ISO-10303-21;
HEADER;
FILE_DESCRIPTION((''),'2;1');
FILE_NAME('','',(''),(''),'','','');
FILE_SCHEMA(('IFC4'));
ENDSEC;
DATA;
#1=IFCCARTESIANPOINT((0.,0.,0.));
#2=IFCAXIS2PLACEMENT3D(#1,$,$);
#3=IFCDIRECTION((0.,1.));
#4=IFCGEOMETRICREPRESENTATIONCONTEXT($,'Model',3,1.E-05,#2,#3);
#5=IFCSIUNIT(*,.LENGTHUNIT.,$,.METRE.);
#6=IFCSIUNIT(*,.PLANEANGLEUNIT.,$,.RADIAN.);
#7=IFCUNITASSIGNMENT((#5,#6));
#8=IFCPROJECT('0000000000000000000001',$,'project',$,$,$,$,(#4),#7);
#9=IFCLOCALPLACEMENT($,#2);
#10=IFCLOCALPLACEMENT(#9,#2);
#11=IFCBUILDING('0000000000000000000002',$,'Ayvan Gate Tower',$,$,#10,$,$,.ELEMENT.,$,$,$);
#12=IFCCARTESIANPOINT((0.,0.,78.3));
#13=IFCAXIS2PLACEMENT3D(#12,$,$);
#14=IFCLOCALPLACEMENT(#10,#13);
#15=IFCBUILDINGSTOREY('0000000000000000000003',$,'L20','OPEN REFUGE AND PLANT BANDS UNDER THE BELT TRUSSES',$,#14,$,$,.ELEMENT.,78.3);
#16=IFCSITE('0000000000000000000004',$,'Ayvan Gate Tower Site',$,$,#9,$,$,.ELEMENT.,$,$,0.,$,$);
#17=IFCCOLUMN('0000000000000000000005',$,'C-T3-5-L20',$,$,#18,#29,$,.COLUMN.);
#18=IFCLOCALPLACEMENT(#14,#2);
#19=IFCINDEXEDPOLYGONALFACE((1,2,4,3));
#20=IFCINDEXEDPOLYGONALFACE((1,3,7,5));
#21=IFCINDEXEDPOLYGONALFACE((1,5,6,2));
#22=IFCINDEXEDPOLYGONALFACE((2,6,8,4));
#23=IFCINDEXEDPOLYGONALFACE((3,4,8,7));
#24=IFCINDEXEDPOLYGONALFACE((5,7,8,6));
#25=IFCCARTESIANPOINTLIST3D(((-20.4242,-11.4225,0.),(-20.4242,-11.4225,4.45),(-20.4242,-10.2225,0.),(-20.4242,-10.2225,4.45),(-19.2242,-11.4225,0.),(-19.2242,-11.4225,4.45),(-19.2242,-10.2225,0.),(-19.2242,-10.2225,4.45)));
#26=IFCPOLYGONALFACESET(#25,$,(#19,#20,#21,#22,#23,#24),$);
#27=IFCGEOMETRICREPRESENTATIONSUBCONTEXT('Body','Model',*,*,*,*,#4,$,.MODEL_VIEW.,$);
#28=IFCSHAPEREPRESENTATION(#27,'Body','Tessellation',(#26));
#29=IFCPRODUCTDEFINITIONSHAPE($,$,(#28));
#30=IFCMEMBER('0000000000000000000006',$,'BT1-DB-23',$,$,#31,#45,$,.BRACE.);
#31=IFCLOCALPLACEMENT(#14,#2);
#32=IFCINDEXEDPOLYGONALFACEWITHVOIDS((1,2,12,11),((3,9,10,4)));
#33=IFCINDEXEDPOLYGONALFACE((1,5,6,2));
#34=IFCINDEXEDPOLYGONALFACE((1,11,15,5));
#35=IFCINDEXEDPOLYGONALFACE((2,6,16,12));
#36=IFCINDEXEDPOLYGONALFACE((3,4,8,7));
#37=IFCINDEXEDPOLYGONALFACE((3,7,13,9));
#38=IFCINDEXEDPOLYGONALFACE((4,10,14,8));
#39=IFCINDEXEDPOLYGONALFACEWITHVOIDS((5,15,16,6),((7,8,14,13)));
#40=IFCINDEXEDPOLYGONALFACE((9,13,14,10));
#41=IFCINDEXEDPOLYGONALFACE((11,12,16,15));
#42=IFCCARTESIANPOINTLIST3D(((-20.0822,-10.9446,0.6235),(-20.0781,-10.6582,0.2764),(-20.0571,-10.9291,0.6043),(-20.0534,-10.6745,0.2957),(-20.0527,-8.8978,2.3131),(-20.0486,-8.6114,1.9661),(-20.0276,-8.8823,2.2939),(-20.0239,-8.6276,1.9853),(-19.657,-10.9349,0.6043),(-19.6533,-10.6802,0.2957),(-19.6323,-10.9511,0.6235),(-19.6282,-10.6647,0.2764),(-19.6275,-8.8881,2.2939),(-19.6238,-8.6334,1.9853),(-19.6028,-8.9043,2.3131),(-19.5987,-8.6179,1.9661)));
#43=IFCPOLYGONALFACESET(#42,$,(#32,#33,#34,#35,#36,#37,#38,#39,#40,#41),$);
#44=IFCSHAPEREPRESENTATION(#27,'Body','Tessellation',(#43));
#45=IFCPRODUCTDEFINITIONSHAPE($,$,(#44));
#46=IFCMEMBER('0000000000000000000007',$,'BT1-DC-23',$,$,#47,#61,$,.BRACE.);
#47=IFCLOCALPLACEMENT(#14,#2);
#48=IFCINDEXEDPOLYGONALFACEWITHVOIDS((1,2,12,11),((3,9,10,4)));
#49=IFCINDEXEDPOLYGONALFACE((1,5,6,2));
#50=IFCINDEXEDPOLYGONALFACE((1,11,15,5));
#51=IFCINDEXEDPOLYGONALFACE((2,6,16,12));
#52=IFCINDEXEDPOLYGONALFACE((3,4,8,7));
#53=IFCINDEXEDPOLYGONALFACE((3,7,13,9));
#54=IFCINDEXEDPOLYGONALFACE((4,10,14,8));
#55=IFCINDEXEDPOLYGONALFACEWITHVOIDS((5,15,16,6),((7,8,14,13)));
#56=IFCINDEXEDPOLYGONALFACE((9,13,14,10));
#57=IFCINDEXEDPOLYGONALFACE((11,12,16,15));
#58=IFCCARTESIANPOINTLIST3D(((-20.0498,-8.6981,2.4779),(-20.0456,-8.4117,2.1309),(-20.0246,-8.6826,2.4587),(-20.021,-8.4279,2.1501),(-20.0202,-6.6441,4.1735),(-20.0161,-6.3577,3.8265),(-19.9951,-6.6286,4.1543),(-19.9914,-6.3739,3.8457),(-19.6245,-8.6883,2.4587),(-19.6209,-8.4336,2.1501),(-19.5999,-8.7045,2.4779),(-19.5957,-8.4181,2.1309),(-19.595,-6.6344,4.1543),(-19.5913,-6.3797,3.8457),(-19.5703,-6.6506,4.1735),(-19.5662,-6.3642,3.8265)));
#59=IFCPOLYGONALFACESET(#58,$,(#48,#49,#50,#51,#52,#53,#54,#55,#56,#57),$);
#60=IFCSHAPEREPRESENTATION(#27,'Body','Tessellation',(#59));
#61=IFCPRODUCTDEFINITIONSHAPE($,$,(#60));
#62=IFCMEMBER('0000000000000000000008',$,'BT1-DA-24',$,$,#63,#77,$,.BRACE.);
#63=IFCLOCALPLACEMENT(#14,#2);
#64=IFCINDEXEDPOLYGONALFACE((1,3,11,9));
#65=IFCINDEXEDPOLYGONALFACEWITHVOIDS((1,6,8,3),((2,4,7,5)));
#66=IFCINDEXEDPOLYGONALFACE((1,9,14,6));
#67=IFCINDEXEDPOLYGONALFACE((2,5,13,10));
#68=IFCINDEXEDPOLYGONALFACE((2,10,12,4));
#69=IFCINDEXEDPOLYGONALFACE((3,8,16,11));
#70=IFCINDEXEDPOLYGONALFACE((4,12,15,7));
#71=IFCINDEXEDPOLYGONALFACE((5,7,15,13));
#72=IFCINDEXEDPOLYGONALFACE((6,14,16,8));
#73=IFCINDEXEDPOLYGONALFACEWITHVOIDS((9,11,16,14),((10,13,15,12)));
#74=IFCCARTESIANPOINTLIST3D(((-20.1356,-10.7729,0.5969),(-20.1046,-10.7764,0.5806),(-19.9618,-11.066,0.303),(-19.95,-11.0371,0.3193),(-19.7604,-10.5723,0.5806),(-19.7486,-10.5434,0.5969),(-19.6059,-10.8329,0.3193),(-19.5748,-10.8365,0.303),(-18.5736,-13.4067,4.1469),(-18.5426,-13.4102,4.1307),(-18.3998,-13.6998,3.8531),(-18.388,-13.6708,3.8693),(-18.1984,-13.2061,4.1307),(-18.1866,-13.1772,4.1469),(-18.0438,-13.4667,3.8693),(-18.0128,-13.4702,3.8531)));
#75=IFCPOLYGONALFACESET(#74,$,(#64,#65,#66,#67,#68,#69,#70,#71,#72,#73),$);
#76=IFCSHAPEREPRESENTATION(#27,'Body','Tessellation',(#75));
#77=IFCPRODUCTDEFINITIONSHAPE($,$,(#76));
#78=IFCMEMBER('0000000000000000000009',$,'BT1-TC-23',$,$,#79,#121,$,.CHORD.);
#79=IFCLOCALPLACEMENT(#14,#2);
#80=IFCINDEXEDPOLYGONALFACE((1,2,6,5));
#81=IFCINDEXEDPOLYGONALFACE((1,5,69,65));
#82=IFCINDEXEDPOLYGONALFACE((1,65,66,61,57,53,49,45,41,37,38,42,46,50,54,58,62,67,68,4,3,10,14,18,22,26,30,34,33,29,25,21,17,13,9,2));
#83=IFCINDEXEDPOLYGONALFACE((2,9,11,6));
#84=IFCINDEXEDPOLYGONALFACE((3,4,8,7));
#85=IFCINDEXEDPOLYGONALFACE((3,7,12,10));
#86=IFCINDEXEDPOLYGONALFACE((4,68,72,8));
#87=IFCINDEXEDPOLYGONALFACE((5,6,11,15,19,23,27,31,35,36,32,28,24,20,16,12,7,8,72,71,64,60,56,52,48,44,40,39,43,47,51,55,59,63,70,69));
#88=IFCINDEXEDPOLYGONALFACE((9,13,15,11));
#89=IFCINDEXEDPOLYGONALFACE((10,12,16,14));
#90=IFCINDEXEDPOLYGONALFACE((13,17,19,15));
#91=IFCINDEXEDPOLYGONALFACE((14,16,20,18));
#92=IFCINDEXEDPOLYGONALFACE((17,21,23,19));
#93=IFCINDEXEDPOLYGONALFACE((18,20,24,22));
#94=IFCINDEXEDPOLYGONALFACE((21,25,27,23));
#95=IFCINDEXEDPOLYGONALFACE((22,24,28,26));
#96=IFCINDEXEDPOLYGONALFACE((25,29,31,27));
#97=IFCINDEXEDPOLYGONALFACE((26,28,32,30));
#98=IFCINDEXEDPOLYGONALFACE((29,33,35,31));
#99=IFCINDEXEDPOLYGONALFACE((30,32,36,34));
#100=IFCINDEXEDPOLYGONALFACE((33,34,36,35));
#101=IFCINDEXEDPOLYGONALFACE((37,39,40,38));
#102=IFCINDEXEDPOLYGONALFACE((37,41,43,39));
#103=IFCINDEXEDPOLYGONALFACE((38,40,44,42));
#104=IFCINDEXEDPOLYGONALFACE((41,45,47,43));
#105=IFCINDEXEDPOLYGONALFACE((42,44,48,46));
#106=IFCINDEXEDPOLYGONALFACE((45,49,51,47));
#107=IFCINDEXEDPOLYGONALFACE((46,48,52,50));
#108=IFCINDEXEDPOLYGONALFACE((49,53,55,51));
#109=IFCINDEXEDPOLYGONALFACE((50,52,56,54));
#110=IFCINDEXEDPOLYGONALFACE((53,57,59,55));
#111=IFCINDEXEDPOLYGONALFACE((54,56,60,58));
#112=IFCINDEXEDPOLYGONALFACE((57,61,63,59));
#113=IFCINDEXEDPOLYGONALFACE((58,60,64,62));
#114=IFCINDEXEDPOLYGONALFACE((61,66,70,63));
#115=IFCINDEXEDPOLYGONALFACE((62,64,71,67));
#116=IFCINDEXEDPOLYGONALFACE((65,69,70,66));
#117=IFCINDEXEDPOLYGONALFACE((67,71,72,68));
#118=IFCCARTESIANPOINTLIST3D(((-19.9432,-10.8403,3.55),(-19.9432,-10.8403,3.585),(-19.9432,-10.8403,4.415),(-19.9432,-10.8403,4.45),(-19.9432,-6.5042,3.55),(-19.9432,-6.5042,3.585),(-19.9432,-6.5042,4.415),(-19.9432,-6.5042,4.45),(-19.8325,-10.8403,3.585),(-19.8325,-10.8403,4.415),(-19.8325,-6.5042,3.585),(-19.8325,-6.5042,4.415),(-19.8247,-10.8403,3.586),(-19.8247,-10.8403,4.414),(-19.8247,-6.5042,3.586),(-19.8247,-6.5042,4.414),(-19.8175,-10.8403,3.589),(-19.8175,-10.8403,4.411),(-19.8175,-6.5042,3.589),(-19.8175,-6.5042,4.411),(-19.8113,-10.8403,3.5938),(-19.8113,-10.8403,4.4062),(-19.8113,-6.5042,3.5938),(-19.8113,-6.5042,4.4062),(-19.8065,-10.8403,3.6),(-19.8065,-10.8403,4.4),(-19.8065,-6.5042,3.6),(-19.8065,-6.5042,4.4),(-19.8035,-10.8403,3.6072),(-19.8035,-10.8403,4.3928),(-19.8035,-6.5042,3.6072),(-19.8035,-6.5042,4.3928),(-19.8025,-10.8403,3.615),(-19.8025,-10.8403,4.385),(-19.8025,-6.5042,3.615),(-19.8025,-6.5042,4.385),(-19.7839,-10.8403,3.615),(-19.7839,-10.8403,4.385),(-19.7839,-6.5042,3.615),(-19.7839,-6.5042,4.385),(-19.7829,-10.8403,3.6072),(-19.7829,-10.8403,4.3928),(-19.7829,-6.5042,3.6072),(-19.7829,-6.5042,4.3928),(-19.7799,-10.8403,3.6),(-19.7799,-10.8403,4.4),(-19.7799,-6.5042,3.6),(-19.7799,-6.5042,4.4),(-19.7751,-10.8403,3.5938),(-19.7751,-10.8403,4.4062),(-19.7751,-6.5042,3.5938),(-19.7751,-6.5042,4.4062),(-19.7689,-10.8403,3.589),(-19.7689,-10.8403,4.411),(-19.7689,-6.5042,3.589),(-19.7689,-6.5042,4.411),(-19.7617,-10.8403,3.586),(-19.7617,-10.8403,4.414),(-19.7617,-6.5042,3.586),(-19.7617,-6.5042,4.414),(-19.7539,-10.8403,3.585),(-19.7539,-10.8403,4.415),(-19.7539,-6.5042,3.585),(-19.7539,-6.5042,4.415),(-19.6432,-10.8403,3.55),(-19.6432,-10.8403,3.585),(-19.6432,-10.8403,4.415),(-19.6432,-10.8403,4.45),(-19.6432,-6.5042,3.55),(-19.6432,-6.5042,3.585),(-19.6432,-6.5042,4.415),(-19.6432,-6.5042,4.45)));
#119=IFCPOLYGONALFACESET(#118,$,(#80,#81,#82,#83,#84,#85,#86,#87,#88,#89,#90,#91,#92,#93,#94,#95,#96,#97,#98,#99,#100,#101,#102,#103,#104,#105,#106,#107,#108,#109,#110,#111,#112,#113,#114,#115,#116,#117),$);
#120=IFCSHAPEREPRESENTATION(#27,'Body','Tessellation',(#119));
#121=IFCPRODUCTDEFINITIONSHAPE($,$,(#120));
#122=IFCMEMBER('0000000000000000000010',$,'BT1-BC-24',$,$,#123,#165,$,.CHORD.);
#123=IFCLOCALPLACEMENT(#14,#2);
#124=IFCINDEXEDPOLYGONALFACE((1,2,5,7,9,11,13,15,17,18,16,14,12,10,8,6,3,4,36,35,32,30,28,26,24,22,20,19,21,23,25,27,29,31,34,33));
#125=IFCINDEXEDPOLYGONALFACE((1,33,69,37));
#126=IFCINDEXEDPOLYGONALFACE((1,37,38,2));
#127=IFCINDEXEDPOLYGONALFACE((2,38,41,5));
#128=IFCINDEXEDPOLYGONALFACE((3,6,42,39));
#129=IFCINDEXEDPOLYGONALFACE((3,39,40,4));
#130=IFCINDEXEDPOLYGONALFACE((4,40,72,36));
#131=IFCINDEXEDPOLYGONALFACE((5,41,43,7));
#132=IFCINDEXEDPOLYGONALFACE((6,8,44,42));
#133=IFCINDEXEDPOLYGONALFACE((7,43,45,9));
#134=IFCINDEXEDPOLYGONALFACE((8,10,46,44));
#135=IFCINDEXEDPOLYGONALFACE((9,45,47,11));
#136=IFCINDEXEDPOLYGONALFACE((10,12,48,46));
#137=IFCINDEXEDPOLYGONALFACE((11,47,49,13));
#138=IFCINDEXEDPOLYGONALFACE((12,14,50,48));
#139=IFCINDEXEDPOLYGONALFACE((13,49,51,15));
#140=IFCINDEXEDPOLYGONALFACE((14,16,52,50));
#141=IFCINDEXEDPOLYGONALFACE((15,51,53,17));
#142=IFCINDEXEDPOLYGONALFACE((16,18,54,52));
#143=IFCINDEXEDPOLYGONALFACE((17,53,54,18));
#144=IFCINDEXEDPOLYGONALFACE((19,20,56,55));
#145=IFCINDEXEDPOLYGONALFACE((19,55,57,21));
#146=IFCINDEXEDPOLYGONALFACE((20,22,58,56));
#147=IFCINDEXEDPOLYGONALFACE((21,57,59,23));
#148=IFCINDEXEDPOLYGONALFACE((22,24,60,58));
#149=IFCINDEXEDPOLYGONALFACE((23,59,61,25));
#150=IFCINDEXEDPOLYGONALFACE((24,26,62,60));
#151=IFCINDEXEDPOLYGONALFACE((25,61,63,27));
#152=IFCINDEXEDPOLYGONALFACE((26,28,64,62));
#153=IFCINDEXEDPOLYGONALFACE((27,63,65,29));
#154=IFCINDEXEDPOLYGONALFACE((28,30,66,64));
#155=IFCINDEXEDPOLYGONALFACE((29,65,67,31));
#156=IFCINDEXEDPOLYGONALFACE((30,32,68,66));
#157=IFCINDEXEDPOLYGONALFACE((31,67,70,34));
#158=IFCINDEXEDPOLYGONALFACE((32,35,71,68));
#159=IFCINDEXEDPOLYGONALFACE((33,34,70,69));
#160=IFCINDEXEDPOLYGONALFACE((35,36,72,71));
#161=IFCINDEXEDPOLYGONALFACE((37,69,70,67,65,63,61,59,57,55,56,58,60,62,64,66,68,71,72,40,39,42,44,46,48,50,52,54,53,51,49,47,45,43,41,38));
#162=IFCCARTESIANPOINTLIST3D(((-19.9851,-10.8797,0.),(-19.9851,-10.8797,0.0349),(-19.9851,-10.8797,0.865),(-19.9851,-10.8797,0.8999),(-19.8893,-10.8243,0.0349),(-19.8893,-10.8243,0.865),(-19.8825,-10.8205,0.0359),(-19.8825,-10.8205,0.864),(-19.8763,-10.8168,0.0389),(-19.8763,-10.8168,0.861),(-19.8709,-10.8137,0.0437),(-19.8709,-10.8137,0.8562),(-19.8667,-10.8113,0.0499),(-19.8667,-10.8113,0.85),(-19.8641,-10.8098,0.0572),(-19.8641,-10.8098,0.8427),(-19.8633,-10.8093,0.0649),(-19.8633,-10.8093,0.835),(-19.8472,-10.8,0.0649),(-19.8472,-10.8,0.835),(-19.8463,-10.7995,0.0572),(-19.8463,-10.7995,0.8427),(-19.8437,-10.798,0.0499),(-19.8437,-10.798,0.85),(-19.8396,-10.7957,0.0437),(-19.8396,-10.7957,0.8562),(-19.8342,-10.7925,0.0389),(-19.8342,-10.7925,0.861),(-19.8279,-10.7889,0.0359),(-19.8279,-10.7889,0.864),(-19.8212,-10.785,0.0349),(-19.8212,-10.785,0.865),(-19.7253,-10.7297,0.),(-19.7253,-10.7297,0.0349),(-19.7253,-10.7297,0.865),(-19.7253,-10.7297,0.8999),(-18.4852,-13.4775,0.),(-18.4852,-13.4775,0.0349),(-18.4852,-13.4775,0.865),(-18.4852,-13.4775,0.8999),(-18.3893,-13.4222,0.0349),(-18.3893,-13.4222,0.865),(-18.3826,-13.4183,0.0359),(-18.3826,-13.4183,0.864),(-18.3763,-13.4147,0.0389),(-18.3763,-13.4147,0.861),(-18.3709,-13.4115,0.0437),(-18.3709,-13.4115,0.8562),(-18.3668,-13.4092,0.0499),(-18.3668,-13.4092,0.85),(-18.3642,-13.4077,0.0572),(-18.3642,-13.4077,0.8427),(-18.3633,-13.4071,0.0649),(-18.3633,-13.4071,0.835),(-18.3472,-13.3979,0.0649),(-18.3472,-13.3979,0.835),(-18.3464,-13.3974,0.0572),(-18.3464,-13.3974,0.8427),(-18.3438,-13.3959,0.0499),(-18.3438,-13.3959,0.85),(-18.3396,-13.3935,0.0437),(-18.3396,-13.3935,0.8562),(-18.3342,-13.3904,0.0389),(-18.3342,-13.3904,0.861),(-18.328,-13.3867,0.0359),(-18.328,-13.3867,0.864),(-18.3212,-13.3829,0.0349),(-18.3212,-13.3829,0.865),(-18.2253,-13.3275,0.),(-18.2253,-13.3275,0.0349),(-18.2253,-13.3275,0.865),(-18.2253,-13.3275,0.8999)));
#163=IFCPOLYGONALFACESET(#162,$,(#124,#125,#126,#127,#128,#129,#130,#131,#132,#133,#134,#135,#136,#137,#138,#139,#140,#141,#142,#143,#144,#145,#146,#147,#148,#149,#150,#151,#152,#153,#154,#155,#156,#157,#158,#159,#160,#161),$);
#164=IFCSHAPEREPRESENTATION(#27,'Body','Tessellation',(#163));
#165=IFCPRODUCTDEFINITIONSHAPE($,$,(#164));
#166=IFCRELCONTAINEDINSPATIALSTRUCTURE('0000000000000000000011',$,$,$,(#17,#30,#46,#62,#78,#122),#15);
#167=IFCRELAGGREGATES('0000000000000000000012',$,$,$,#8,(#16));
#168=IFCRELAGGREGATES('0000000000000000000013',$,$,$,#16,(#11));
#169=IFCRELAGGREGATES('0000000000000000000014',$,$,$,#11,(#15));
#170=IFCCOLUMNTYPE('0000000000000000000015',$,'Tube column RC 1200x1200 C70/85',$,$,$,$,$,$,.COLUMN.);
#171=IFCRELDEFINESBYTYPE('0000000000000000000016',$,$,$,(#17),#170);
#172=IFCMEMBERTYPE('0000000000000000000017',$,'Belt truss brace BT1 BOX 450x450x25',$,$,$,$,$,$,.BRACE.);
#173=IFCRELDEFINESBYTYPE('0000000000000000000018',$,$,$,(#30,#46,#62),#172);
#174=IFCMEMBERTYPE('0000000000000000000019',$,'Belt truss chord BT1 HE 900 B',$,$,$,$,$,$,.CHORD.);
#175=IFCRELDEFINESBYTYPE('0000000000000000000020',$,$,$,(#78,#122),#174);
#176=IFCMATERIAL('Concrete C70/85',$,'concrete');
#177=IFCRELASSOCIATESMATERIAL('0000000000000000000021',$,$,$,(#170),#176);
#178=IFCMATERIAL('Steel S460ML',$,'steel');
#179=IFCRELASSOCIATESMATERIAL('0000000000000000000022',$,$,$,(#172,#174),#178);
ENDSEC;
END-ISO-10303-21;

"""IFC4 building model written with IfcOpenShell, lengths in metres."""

from ifc_helpers import new_model, si_unit, direction, frame, origin, origin_2d, place, context, subcontext, project, spatial, rectangle, hollow_rectangle, i_section, extrude, material, material_profile, profile_set, type_object, element, save


model = new_model("IFC4")

# Units and contexts
model_context = context("Model", 3, precision=1e-05, world=origin(), true_north=direction((0.0, 1.0)))
body_context = subcontext(model_context, "Body", "Model", "MODEL_VIEW")
ifc_project = project(units=[si_unit("LENGTHUNIT", "METRE"), si_unit("PLANEANGLEUNIT", "RADIAN")], contexts=[model_context])

# Site, building, storey
site_placement = place(None, origin())
site = spatial("IfcSite", under=ifc_project, at=site_placement, Name="Ayvan Gate Tower Site", CompositionType="ELEMENT", RefElevation=0.0)
building_placement = place(site_placement, origin())
building = spatial("IfcBuilding", under=site, at=building_placement, Name="Ayvan Gate Tower", CompositionType="ELEMENT")
storey_placement = place(building_placement, frame((0.0, 0.0, 78.3)))
storey = spatial("IfcBuildingStorey", under=building, at=storey_placement, Name="L20", Description="OPEN REFUGE AND PLANT BANDS UNDER THE BELT TRUSSES", CompositionType="ELEMENT", Elevation=78.3)

# Column
ifc_material_1 = material(Name="Concrete C70/85", Category="concrete")
ifc_material_profile_1 = material_profile(ifc_material_1, rectangle(XDim=1.2, YDim=1.2, at=origin_2d()), Name="RC 1200x1200")
ifc_profile_set_1 = profile_set([ifc_material_profile_1], Name="Concrete C70/85")
column_type = type_object("IfcColumnType", Name="Tube column RC 1200x1200 C70/85", PredefinedType="COLUMN", material=ifc_profile_set_1)
column_placement = place(storey_placement, frame((-19.8242, -10.8225, 0.0), z_axis=(0.0, 0.0, 1.0), x_axis=(-1.0, 0.0, 0.0)))
element("IfcColumn", 1, at=column_placement, inside=storey, type_object=column_type, Name="C-T3-5-L20", PredefinedType="COLUMN", context=body_context, shape_type="SweptSolid", body=[
    extrude(rectangle(XDim=1.2, YDim=1.2, at=origin_2d()), origin(), (0.0, 0.0, 1.0), 4.45),
])

# Members
ifc_material_2 = material(Name="Steel S460ML", Category="steel")
ifc_material_profile_2 = material_profile(ifc_material_2, hollow_rectangle(XDim=0.45, YDim=0.45, WallThickness=0.0249, at=origin_2d()), Name="BOX 450x450x25")
ifc_profile_set_2 = profile_set([ifc_material_profile_2], Name="Steel S460ML")
member_type_1 = type_object("IfcMemberType", Name="Belt truss brace BT1 BOX 450x450x25", PredefinedType="BRACE", material=ifc_profile_set_2)
member_1_placement = place(storey_placement, frame((-19.8552, -10.8047, 0.45), z_axis=(0.011129, 0.771136, 0.636573), x_axis=(-0.999896, 0.014431, 0.0)))
element("IfcMember", 2, at=member_1_placement, inside=storey, type_object=member_type_1, Name="BT1-DB-23", PredefinedType="BRACE", context=body_context, shape_type="SweptSolid", body=[
    extrude(hollow_rectangle(XDim=0.45, YDim=0.45, WallThickness=0.0249, at=origin_2d()), origin(), (0.0, 0.0, 1.0), 2.6543),
])
member_2_placement = place(storey_placement, frame((-19.8228, -8.5581, 2.3044), z_axis=(0.011091, 0.771133, 0.636577), x_axis=(-0.999897, 0.014381, 0.0)))
element("IfcMember", 3, at=member_2_placement, inside=storey, type_object=member_type_1, Name="BT1-DC-23", PredefinedType="BRACE", context=body_context, shape_type="SweptSolid", body=[
    extrude(hollow_rectangle(XDim=0.45, YDim=0.45, WallThickness=0.0249, at=origin_2d()), origin(), (0.0, 0.0, 1.0), 2.6636),
])
member_3_placement = place(storey_placement, frame((-19.8552, -10.8047, 0.45), z_axis=(0.333177, -0.561787, 0.757225), x_axis=(0.860113, 0.510104, 0.0)))
element("IfcMember", 4, at=member_3_placement, inside=storey, type_object=member_type_1, Name="BT1-DA-24", PredefinedType="BRACE", context=body_context, shape_type="SweptSolid", body=[
    extrude(hollow_rectangle(XDim=0.45, YDim=0.45, WallThickness=0.0249, at=origin_2d()), origin(), (0.0, 0.0, 1.0), 4.6882),
])
ifc_material_profile_3 = material_profile(ifc_material_2, i_section(OverallWidth=0.3, OverallDepth=0.8999, WebThickness=0.0186, FlangeThickness=0.0349, FilletRadius=0.03, at=origin_2d()), Name="HE 900 B")
ifc_profile_set_3 = profile_set([ifc_material_profile_3], Name="Steel S460ML")
member_type_2 = type_object("IfcMemberType", Name="Belt truss chord BT1 HE 900 B", PredefinedType="CHORD", material=ifc_profile_set_3)
member_4_placement = place(storey_placement, frame((-19.7932, -6.5042, 4.0), z_axis=(0.0, -1.0, 0.0), x_axis=(1.0, 0.0, 0.0)))
element("IfcMember", 5, at=member_4_placement, inside=storey, type_object=member_type_2, Name="BT1-TC-23", PredefinedType="CHORD", context=body_context, shape_type="SweptSolid", body=[
    extrude(i_section(OverallWidth=0.3, OverallDepth=0.8999, WebThickness=0.0186, FlangeThickness=0.0349, FilletRadius=0.03, at=origin_2d()), origin(), (0.0, 0.0, 1.0), 4.3362),
])
member_5_placement = place(storey_placement, frame((-19.8552, -10.8047, 0.45), z_axis=(0.500025, -0.866011, 0.0), x_axis=(0.866011, 0.500025, 0.0)))
element("IfcMember", 6, at=member_5_placement, inside=storey, type_object=member_type_2, Name="BT1-BC-24", PredefinedType="CHORD", context=body_context, shape_type="SweptSolid", body=[
    extrude(i_section(OverallWidth=0.3, OverallDepth=0.8999, WebThickness=0.0186, FlangeThickness=0.0349, FilletRadius=0.03, at=origin_2d()), origin(), (0.0, 0.0, 1.0), 2.9998),
])

save(model, "model.ifc")
